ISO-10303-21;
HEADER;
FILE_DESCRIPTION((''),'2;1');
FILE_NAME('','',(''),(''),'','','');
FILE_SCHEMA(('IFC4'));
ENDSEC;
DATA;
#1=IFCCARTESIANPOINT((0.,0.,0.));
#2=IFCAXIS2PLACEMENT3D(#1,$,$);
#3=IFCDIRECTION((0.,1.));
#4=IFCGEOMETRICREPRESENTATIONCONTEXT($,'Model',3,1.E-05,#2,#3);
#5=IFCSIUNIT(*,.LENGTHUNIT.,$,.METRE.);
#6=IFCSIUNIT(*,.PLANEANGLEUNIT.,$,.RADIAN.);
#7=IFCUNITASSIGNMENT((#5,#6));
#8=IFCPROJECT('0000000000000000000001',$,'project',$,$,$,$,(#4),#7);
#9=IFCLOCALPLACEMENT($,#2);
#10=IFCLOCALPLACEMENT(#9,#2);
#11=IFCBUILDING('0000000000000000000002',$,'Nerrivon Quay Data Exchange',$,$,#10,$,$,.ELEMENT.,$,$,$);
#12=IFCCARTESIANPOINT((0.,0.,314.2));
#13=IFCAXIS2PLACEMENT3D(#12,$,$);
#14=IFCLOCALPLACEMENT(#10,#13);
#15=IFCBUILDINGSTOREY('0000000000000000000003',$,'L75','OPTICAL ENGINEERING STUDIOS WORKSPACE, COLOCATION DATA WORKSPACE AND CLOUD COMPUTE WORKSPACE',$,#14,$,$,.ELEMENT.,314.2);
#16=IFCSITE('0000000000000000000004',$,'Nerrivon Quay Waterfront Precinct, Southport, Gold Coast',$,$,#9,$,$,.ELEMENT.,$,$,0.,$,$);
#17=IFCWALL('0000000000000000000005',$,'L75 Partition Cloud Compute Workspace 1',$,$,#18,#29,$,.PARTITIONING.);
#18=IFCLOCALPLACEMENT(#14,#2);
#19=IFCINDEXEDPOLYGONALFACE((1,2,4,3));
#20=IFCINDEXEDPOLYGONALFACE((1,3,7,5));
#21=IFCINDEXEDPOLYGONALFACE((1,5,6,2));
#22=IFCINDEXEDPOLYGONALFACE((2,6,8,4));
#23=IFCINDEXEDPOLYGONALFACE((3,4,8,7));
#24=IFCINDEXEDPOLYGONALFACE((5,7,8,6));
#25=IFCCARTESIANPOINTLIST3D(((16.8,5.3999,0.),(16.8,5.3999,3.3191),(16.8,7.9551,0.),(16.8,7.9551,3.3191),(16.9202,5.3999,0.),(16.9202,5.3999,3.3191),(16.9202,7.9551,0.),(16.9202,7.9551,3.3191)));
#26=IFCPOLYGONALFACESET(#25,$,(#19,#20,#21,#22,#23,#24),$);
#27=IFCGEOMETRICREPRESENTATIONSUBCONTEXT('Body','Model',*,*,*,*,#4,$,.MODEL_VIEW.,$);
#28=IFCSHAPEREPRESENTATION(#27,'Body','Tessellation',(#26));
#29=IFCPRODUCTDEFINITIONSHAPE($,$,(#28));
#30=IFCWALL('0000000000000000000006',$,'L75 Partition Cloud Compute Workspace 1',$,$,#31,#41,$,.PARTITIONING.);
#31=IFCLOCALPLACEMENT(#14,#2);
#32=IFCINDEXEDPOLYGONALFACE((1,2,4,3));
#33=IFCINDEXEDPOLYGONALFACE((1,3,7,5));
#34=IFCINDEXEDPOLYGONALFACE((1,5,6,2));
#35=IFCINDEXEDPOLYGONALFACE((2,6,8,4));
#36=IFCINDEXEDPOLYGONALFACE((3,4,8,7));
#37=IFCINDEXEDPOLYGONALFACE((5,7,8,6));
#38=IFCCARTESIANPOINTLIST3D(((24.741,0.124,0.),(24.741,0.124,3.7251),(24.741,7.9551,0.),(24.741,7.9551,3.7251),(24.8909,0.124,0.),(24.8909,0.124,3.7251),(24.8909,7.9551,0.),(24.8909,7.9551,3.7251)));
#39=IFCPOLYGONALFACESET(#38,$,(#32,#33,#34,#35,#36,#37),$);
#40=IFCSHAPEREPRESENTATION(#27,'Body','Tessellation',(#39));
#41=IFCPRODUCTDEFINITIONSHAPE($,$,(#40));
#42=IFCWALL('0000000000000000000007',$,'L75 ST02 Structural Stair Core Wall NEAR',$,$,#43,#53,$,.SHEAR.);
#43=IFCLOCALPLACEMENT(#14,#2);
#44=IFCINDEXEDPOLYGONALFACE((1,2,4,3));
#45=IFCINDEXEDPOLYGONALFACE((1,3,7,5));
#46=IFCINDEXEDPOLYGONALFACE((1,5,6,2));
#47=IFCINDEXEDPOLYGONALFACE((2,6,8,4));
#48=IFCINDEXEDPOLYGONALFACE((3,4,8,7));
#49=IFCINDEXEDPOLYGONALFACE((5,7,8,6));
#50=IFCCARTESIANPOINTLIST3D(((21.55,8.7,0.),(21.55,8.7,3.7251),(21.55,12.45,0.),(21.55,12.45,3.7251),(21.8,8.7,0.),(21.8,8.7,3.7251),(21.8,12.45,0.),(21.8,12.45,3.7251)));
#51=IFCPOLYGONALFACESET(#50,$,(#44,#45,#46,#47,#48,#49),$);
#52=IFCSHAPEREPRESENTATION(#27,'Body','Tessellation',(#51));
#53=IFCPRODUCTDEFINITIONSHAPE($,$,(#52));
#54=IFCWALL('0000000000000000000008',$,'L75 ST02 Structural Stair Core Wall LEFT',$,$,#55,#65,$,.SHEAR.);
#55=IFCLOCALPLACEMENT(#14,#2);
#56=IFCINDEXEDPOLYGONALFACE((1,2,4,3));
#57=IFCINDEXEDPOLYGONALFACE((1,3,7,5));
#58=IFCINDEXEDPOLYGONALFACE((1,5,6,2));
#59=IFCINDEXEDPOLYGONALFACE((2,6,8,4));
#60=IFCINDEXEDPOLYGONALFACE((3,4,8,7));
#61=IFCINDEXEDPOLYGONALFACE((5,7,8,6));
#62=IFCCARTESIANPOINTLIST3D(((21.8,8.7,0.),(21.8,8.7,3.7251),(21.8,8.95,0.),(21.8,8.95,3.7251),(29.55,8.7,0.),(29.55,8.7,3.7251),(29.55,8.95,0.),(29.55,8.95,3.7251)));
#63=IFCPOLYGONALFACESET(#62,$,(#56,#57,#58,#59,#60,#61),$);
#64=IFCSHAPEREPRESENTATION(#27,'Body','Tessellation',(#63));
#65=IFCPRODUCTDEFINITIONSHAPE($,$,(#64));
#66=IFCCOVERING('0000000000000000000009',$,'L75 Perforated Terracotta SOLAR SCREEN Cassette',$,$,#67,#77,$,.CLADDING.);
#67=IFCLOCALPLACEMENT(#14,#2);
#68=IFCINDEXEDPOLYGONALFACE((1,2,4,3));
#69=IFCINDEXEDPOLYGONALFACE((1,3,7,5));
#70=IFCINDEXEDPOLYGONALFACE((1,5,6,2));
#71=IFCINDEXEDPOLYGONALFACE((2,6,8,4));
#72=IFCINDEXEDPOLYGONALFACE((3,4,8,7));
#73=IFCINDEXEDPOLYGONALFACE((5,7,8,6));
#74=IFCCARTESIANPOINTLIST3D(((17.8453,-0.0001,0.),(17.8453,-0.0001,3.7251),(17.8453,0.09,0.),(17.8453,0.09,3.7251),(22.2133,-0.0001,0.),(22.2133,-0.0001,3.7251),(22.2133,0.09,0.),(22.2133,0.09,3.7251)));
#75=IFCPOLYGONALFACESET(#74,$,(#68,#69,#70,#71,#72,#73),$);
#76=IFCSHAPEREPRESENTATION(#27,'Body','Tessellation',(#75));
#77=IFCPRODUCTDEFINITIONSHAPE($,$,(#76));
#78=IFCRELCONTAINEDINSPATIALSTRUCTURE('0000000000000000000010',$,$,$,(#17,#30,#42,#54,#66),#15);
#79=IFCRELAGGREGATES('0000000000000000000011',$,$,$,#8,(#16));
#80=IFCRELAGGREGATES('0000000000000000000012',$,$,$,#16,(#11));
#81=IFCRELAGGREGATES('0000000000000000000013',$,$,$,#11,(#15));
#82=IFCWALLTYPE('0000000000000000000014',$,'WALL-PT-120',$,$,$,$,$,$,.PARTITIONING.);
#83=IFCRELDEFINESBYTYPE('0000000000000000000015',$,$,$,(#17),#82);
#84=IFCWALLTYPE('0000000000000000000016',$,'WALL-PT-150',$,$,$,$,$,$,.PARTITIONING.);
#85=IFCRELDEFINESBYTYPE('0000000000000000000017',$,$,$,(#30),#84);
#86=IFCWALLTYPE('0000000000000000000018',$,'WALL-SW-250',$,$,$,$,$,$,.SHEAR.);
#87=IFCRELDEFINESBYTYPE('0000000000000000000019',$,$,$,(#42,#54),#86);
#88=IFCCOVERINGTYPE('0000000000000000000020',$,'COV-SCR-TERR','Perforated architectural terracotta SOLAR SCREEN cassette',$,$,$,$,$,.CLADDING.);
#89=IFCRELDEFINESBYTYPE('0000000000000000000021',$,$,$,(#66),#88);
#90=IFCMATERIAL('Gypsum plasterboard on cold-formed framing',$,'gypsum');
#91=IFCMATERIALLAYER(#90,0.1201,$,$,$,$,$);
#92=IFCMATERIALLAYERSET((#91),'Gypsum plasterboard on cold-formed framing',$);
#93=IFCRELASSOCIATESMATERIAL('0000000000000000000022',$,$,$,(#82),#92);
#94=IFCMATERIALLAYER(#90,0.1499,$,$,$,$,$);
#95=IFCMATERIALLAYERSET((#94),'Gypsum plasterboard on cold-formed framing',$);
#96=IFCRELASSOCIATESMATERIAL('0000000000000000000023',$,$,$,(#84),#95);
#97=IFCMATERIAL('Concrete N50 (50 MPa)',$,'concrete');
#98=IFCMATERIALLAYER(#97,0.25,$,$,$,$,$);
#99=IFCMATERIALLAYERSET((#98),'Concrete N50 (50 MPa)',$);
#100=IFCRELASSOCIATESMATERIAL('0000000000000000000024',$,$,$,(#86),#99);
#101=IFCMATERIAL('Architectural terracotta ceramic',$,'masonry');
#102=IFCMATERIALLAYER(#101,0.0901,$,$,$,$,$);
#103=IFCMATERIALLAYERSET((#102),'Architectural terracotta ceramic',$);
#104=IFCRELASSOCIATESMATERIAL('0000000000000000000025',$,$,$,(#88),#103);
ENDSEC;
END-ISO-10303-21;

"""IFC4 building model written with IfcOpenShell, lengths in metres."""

from ifc_helpers import new_model, si_unit, direction, frame, frame_2d, origin, origin_2d, place, context, subcontext, project, spatial, rectangle, extrude, material, layer, layer_set, type_object, element, save


model = new_model("IFC4")

# Units and contexts
model_context = context("Model", 3, precision=1e-05, world=origin(), true_north=direction((0.0, 1.0)))
body_context = subcontext(model_context, "Body", "Model", "MODEL_VIEW")
ifc_project = project(units=[si_unit("LENGTHUNIT", "METRE"), si_unit("PLANEANGLEUNIT", "RADIAN")], contexts=[model_context])

# Site, building, storey
site_placement = place(None, origin())
site = spatial("IfcSite", under=ifc_project, at=site_placement, Name="Nerrivon Quay Waterfront Precinct, Southport, Gold Coast", CompositionType="ELEMENT", RefElevation=0.0)
building_placement = place(site_placement, origin())
building = spatial("IfcBuilding", under=site, at=building_placement, Name="Nerrivon Quay Data Exchange", CompositionType="ELEMENT")
storey_placement = place(building_placement, frame((0.0, 0.0, 314.2)))
storey = spatial("IfcBuildingStorey", under=building, at=storey_placement, Name="L75", Description="OPTICAL ENGINEERING STUDIOS WORKSPACE, COLOCATION DATA WORKSPACE AND CLOUD COMPUTE WORKSPACE", CompositionType="ELEMENT", Elevation=314.2)

# Shared definitions
ifc_material_1 = material(Name="Concrete N50 (50 MPa)", Category="concrete")

# Shared definitions
ifc_material_2 = material(Name="Gypsum plasterboard on cold-formed framing", Category="gypsum")
ifc_layer_1 = layer(ifc_material_2, 0.1201)
ifc_layer_set_1 = layer_set([ifc_layer_1], Name="Gypsum plasterboard on cold-formed framing")
wall_type_1 = type_object("IfcWallType", Name="WALL-PT-120", PredefinedType="PARTITIONING", material=ifc_layer_set_1)

# Walls
wall_1_placement = place(storey_placement, frame((16.8601, 7.9551, 0.0), z_axis=(0.0, 0.0, 1.0), x_axis=(0.0, -1.0, 0.0)))
element("IfcWall", 1, at=wall_1_placement, inside=storey, type_object=wall_type_1, Name="L75 Partition Cloud Compute Workspace 1", PredefinedType="PARTITIONING", context=body_context, shape_type="SweptSolid", body=[
    extrude(rectangle(XDim=2.5552, YDim=0.1201, at=frame_2d((1.2776, 0.0))), origin(), (0.0, 0.0, 1.0), 3.3191),
])
ifc_layer_2 = layer(ifc_material_2, 0.1499)
ifc_layer_set_2 = layer_set([ifc_layer_2], Name="Gypsum plasterboard on cold-formed framing")
wall_type_2 = type_object("IfcWallType", Name="WALL-PT-150", PredefinedType="PARTITIONING", material=ifc_layer_set_2)
wall_2_placement = place(storey_placement, frame((24.8159, 0.124, 0.0), z_axis=(0.0, 0.0, 1.0), x_axis=(0.0, 1.0, 0.0)))
element("IfcWall", 2, at=wall_2_placement, inside=storey, type_object=wall_type_2, Name="L75 Partition Cloud Compute Workspace 1", PredefinedType="PARTITIONING", context=body_context, shape_type="SweptSolid", body=[
    extrude(rectangle(XDim=7.8311, YDim=0.1499, at=frame_2d((3.9155, 0.0))), origin(), (0.0, 0.0, 1.0), 3.7251),
])
ifc_layer_3 = layer(ifc_material_1, 0.25)
ifc_layer_set_3 = layer_set([ifc_layer_3], Name="Concrete N50 (50 MPa)")
wall_type_3 = type_object("IfcWallType", Name="WALL-SW-250", PredefinedType="SHEAR", material=ifc_layer_set_3)
wall_3_placement = place(storey_placement, frame((21.675, 8.7, 0.0), z_axis=(0.0, 0.0, 1.0), x_axis=(0.0, 1.0, 0.0)))
element("IfcWall", 3, at=wall_3_placement, inside=storey, type_object=wall_type_3, Name="L75 ST02 Structural Stair Core Wall NEAR", PredefinedType="SHEAR", context=body_context, shape_type="SweptSolid", body=[
    extrude(rectangle(XDim=3.75, YDim=0.25, at=frame_2d((1.875, 0.0))), origin(), (0.0, 0.0, 1.0), 3.7251),
])
wall_4_placement = place(storey_placement, frame((21.8, 8.825, 0.0), z_axis=(0.0, 0.0, 1.0), x_axis=(1.0, 0.0, 0.0)))
element("IfcWall", 4, at=wall_4_placement, inside=storey, type_object=wall_type_3, Name="L75 ST02 Structural Stair Core Wall LEFT", PredefinedType="SHEAR", context=body_context, shape_type="SweptSolid", body=[
    extrude(rectangle(XDim=7.75, YDim=0.25, at=frame_2d((3.875, 0.0))), origin(), (0.0, 0.0, 1.0), 3.7251),
])

# Covering
ifc_material_3 = material(Name="Architectural terracotta ceramic", Category="masonry")
ifc_layer_4 = layer(ifc_material_3, 0.0901)
ifc_layer_set_4 = layer_set([ifc_layer_4], Name="Architectural terracotta ceramic")
covering_type = type_object("IfcCoveringType", Name="COV-SCR-TERR", Description="Perforated architectural terracotta SOLAR SCREEN cassette", PredefinedType="CLADDING", material=ifc_layer_set_4)
covering_placement = place(storey_placement, frame((20.0293, 0.0449, 0.0), z_axis=(0.0, 0.0, 1.0), x_axis=(-1.0, 0.0, 0.0)))
element("IfcCovering", 5, at=covering_placement, inside=storey, type_object=covering_type, Name="L75 Perforated Terracotta SOLAR SCREEN Cassette", PredefinedType="CLADDING", context=body_context, shape_type="SweptSolid", body=[
    extrude(rectangle(XDim=4.3679, YDim=0.0901, at=origin_2d()), origin(), (0.0, 0.0, 1.0), 3.7251),
])

save(model, "model.ifc")
